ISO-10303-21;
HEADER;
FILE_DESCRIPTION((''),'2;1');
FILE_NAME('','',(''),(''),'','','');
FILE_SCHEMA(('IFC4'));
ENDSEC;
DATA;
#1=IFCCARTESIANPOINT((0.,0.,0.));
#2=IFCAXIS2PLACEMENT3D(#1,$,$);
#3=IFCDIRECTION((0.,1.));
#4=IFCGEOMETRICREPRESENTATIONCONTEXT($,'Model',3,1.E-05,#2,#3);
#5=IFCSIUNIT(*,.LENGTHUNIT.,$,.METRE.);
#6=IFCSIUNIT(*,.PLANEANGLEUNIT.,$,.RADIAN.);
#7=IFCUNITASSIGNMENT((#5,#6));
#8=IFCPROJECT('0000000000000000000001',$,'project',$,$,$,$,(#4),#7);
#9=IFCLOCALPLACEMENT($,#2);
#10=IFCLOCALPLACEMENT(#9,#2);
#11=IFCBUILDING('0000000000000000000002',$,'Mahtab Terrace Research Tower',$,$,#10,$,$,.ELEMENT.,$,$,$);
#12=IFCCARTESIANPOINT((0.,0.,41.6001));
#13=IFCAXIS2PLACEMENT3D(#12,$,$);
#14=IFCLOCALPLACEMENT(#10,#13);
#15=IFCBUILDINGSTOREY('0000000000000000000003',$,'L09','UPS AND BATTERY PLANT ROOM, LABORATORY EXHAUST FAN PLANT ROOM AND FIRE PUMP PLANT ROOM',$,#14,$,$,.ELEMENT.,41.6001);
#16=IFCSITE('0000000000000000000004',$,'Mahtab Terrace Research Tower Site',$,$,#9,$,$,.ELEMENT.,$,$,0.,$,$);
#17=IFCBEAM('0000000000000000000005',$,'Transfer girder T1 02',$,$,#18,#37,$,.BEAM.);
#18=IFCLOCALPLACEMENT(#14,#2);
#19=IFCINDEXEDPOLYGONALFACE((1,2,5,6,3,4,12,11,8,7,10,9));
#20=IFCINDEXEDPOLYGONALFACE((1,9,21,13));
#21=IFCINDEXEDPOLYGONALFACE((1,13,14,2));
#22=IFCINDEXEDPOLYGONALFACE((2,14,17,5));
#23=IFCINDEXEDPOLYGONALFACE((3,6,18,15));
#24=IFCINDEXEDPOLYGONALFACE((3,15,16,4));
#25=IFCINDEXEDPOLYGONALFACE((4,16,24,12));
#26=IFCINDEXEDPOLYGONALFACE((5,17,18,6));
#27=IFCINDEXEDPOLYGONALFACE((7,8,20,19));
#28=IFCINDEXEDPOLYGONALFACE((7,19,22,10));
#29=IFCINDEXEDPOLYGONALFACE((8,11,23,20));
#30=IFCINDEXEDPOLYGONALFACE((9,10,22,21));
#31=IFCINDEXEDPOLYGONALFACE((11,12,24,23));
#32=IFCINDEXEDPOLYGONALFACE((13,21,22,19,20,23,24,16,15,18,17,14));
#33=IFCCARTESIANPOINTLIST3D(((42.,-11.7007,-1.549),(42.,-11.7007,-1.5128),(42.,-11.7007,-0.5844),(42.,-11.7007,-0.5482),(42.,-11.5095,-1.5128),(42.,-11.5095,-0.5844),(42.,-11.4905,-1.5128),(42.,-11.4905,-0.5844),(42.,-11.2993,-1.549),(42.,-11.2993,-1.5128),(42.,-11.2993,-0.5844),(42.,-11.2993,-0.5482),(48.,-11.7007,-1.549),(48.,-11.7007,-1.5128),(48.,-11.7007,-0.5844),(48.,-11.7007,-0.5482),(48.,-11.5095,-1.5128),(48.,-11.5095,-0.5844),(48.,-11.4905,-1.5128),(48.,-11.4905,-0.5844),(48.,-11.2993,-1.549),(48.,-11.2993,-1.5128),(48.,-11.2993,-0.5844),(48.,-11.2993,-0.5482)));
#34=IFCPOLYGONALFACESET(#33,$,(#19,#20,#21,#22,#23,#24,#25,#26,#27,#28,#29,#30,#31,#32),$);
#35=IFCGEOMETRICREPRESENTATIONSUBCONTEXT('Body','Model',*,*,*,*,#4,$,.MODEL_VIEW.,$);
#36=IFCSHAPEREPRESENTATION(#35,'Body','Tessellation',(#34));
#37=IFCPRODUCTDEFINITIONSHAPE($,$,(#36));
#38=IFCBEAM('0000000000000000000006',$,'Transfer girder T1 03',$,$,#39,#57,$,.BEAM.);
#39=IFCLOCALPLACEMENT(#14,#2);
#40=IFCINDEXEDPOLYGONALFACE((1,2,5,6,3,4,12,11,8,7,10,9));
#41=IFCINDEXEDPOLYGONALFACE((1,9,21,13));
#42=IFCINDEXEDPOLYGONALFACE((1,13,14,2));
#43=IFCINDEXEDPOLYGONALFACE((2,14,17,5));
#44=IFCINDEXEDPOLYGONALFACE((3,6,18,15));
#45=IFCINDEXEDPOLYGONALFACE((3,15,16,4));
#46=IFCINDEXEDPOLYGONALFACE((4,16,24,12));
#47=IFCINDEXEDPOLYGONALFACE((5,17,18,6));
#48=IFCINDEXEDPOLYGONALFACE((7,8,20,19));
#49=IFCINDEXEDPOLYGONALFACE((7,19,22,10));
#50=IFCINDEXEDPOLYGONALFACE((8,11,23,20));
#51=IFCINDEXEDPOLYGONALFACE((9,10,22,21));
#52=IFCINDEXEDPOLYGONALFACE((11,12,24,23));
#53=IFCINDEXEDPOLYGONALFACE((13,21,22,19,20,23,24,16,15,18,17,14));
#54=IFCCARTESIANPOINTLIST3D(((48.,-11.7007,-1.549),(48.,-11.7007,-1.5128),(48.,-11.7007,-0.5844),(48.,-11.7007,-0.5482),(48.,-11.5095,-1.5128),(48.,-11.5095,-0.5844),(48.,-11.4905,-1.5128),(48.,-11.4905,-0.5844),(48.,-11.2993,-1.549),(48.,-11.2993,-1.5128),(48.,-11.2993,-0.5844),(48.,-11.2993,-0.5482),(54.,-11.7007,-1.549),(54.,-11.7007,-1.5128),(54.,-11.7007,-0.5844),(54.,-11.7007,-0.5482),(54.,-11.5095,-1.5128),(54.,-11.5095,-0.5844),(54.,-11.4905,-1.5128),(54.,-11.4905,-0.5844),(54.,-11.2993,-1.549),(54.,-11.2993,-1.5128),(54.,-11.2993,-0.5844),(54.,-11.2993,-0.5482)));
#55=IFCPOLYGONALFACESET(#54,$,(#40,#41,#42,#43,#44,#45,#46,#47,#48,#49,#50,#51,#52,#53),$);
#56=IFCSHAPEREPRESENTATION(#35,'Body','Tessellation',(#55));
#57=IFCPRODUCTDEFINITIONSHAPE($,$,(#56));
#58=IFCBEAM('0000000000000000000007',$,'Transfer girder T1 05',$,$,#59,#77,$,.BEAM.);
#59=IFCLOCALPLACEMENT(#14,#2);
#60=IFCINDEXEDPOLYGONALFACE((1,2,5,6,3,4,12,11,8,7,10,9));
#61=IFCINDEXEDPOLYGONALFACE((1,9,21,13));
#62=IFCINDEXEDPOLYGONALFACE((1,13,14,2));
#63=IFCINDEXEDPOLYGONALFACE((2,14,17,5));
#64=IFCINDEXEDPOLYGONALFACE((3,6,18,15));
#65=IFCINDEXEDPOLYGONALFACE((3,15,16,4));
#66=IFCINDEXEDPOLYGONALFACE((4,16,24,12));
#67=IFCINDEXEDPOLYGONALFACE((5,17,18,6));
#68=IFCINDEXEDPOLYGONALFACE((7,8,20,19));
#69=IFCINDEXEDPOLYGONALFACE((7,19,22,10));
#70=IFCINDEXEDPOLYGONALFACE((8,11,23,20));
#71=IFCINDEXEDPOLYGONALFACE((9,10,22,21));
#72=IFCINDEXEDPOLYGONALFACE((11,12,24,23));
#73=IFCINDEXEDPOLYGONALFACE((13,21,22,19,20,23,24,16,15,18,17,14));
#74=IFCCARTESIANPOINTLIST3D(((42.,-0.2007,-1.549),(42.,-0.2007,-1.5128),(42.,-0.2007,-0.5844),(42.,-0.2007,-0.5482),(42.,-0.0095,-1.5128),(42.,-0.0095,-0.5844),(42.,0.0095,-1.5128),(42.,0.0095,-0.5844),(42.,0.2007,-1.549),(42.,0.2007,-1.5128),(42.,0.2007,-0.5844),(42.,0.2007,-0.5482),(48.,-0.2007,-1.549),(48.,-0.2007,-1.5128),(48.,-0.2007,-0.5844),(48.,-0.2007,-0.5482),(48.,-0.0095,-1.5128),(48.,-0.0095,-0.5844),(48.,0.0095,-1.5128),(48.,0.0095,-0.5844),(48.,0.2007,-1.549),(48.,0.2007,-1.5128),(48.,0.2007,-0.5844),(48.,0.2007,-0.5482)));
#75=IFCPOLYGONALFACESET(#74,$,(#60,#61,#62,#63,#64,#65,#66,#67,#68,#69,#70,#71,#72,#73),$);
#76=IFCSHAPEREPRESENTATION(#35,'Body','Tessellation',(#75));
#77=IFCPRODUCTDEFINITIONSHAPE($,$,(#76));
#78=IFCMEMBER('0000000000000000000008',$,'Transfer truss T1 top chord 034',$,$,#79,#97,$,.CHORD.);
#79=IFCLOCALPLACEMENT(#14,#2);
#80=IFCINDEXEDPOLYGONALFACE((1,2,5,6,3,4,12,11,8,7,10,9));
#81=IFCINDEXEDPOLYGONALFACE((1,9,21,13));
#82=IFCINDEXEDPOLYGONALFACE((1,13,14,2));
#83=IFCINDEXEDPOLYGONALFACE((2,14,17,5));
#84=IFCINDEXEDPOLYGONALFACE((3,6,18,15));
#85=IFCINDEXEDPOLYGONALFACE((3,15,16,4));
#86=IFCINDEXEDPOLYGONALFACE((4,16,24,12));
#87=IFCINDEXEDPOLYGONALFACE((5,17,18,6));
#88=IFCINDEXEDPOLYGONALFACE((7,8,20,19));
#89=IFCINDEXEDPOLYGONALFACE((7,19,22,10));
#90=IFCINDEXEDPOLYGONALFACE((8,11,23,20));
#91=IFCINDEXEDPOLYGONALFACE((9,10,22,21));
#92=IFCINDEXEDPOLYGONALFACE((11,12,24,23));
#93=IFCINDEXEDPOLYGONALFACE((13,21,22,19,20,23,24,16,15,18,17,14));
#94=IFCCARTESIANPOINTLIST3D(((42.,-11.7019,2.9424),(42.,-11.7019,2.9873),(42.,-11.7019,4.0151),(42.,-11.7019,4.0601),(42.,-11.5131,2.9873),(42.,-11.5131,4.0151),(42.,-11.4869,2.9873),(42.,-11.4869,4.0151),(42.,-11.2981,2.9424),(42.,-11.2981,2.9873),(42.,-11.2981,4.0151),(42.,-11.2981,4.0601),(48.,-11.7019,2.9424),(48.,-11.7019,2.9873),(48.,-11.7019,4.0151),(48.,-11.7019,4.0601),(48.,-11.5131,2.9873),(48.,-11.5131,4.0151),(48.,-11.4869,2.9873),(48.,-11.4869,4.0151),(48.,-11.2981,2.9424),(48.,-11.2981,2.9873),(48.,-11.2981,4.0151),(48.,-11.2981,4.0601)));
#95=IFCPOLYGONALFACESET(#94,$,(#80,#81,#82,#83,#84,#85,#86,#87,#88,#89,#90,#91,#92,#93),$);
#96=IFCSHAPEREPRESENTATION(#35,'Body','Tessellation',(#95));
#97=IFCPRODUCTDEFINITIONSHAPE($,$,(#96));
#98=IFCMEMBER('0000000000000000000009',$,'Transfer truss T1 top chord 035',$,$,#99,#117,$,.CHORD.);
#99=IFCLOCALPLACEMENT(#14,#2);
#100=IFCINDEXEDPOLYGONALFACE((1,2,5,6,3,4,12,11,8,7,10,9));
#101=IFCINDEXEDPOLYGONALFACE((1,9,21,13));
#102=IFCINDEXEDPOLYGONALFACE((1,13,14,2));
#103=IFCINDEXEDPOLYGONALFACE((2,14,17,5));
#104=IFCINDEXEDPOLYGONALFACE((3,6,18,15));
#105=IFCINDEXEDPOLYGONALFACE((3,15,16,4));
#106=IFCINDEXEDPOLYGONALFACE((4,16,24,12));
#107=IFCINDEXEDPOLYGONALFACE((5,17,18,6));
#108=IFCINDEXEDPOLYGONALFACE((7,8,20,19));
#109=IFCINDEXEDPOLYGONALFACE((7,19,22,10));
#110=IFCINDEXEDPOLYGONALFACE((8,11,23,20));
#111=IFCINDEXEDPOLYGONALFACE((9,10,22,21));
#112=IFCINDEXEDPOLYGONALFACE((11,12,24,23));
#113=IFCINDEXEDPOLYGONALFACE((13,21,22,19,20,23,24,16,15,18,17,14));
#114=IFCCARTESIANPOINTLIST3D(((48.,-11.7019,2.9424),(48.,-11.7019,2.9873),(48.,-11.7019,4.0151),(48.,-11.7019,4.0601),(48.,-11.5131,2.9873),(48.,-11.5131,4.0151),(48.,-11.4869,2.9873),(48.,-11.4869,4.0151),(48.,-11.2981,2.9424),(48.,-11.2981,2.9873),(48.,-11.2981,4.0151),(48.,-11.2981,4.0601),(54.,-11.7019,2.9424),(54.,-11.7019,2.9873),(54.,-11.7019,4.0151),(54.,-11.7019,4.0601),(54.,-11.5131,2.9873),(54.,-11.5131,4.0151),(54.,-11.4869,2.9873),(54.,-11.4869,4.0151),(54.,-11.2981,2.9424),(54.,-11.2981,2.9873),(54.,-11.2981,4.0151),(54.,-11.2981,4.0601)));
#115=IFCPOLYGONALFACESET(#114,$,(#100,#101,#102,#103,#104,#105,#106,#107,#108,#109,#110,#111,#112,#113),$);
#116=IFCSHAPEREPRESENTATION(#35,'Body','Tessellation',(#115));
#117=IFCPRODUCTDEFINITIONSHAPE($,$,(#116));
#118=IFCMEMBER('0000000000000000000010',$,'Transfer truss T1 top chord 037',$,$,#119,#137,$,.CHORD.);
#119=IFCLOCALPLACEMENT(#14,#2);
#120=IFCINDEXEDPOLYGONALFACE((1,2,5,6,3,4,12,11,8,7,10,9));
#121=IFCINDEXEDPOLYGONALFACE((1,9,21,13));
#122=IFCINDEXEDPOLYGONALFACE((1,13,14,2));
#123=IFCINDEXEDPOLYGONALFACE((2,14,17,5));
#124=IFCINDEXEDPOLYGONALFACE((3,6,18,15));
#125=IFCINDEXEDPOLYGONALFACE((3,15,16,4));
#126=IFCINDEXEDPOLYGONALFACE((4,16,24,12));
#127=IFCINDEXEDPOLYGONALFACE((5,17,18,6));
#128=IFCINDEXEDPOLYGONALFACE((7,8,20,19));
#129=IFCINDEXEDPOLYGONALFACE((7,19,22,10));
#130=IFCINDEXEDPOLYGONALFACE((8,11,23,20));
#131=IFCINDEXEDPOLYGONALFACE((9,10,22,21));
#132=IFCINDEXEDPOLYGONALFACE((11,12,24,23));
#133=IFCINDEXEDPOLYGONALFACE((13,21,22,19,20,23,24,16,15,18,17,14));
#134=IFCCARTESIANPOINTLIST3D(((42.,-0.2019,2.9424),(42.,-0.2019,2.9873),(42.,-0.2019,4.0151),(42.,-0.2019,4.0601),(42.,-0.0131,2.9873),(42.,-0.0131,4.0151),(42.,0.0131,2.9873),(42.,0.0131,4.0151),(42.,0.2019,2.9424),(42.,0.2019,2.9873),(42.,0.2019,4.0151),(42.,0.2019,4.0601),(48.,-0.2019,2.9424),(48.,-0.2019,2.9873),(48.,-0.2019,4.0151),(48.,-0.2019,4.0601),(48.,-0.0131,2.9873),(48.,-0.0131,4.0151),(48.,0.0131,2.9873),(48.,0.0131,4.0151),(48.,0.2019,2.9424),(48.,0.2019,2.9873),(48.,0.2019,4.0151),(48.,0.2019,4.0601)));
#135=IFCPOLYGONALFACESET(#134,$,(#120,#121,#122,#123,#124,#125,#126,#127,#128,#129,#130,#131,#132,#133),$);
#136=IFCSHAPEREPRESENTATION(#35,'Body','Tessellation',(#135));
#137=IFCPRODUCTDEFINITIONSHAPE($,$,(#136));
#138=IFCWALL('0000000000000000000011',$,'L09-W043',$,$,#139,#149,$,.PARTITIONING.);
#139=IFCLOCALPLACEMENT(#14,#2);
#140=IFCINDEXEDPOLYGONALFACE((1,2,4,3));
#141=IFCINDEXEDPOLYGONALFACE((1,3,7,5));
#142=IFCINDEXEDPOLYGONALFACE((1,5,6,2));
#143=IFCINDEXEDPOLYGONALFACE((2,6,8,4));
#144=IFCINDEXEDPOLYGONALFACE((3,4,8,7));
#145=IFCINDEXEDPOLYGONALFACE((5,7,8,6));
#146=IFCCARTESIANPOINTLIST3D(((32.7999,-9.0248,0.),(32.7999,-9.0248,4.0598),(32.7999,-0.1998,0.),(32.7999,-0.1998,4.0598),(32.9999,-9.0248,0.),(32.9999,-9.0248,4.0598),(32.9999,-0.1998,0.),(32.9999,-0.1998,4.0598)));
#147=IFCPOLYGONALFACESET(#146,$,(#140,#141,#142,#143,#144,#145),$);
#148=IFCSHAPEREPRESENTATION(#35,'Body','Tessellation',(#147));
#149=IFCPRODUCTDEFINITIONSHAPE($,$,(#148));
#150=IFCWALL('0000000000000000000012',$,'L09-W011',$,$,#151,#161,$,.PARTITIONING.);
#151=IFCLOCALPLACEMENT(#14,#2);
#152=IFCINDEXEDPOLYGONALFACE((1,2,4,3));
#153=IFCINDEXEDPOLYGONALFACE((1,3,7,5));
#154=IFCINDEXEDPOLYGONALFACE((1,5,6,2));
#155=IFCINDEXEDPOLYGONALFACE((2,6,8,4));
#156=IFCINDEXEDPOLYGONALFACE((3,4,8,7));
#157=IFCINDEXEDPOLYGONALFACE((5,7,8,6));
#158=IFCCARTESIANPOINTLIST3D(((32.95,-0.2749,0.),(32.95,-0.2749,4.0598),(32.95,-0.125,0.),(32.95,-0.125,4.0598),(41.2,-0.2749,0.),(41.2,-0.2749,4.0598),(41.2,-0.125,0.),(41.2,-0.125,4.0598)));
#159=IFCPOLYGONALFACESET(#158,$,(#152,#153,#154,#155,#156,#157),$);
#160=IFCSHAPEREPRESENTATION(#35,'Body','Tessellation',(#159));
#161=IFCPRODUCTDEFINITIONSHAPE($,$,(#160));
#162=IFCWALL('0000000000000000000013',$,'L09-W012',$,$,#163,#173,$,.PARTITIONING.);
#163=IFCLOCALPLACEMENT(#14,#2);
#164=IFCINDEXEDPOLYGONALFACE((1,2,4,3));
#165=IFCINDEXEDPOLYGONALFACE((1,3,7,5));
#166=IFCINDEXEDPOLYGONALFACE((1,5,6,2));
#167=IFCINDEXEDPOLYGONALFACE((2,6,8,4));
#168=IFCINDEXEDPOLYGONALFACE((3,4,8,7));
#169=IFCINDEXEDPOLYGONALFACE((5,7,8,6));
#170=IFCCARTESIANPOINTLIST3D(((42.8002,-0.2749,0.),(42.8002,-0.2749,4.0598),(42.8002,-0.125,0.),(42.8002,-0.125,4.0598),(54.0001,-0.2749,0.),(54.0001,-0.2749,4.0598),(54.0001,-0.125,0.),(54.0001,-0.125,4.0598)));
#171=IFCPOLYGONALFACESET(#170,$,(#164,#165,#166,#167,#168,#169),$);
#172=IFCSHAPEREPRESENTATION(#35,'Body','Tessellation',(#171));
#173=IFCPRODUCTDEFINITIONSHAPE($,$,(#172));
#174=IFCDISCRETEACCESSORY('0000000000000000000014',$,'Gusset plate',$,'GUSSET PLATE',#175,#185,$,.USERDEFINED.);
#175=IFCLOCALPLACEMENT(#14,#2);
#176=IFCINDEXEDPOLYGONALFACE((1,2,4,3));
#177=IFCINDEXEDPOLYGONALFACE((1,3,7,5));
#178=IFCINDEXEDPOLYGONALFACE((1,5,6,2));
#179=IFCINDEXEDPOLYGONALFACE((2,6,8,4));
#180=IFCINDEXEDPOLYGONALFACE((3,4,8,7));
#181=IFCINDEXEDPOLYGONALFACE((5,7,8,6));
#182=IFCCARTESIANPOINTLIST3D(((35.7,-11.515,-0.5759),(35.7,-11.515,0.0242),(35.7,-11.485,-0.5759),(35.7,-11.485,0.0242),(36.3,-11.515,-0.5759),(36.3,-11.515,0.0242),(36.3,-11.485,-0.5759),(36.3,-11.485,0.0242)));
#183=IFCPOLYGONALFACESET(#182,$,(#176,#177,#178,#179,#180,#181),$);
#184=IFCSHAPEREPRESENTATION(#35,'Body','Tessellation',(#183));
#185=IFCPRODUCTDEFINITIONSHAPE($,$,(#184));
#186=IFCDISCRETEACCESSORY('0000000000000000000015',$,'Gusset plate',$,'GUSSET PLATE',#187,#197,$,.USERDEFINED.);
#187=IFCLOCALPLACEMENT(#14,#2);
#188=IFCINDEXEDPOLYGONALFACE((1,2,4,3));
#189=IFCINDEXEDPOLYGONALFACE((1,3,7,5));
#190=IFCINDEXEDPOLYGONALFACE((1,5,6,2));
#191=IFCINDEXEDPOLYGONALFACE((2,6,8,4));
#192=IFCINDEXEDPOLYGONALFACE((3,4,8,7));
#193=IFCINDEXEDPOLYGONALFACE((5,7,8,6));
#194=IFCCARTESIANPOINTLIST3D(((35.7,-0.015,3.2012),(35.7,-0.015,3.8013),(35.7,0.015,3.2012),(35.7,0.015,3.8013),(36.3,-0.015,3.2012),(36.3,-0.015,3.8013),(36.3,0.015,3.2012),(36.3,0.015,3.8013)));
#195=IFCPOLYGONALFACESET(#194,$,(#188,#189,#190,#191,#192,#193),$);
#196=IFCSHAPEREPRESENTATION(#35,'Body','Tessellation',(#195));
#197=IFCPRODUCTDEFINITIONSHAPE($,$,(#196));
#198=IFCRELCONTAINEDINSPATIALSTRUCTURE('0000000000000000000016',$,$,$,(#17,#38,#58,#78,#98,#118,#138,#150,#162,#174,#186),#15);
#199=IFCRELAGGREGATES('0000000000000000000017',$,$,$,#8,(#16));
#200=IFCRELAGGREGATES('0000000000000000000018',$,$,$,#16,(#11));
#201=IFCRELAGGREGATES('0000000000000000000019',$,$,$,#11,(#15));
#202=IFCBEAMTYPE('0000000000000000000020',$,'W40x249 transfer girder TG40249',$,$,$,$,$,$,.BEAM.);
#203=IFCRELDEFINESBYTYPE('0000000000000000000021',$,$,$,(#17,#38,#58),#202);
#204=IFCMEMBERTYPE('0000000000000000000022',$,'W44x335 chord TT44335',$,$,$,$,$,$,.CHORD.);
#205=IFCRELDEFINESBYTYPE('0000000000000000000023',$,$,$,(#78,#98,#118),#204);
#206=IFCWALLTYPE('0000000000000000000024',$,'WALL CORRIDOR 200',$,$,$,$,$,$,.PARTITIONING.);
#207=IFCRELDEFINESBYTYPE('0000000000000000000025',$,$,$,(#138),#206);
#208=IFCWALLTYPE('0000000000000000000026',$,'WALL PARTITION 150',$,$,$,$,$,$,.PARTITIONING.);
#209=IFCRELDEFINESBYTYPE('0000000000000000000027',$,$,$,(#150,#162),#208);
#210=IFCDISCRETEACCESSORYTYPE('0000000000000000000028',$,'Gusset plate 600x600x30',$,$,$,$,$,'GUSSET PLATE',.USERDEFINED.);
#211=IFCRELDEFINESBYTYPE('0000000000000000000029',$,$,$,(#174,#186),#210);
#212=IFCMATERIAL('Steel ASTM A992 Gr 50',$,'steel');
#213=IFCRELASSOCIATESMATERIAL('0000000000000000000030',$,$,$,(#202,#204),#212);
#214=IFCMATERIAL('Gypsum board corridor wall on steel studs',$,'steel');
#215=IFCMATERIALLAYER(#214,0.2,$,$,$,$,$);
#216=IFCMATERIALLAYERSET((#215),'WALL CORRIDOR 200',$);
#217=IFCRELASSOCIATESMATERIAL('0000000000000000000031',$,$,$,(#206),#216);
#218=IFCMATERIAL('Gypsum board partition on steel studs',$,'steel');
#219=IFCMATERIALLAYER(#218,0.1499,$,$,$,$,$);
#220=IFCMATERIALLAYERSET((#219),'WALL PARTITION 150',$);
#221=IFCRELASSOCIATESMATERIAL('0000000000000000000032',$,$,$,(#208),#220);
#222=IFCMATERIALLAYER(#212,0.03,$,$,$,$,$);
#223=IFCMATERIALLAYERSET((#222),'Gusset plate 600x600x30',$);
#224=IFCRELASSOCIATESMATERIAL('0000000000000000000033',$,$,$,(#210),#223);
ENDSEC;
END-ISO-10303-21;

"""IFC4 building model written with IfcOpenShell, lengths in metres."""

from ifc_helpers import new_model, si_unit, direction, frame, frame_2d, origin, origin_2d, place, context, subcontext, project, spatial, rectangle, i_section, extrude, material, layer, layer_set, material_profile, profile_set, type_object, element, save


model = new_model("IFC4")

# Units and contexts
model_context = context("Model", 3, precision=1e-05, world=origin(), true_north=direction((0.0, 1.0)))
body_context = subcontext(model_context, "Body", "Model", "MODEL_VIEW")
ifc_project = project(units=[si_unit("LENGTHUNIT", "METRE"), si_unit("PLANEANGLEUNIT", "RADIAN")], contexts=[model_context])

# Site, building, storey
site_placement = place(None, origin())
site = spatial("IfcSite", under=ifc_project, at=site_placement, Name="Mahtab Terrace Research Tower Site", CompositionType="ELEMENT", RefElevation=0.0)
building_placement = place(site_placement, origin())
building = spatial("IfcBuilding", under=site, at=building_placement, Name="Mahtab Terrace Research Tower", CompositionType="ELEMENT")
storey_placement = place(building_placement, frame((0.0, 0.0, 41.6001)))
storey = spatial("IfcBuildingStorey", under=building, at=storey_placement, Name="L09", Description="UPS AND BATTERY PLANT ROOM, LABORATORY EXHAUST FAN PLANT ROOM AND FIRE PUMP PLANT ROOM", CompositionType="ELEMENT", Elevation=41.6001)

# Shared definitions
ifc_material_1 = material(Name="Steel ASTM A992 Gr 50", Category="steel")

# Beams
ifc_material_profile_1 = material_profile(ifc_material_1, i_section(OverallWidth=0.4014, OverallDepth=1.0007, WebThickness=0.019, FlangeThickness=0.0361, at=origin_2d()), Name="W40X249")
ifc_profile_set_1 = profile_set([ifc_material_profile_1], Name="Steel ASTM A992 Gr 50")
beam_type = type_object("IfcBeamType", Name="W40x249 transfer girder TG40249", PredefinedType="BEAM", material=ifc_profile_set_1)
for number, where, z_axis, x_axis, name in (
    (1, (42.0, -11.5, -1.0486), (1.0, 0.0, 0.0), (0.0, 1.0, 0.0), "Transfer girder T1 02"),
    (2, (48.0, -11.5, -1.0486), (1.0, 0.0, 0.0), (0.0, 1.0, 0.0), "Transfer girder T1 03"),
    (3, (42.0, 0.0, -1.0486), (1.0, 0.0, 0.0), (0.0, 1.0, 0.0), "Transfer girder T1 05"),
):
    element("IfcBeam", number, at=place(storey_placement, frame(where, z_axis=z_axis, x_axis=x_axis)), inside=storey, type_object=beam_type, Name=name, PredefinedType="BEAM", context=body_context, shape_type="SweptSolid", body=[
        extrude(i_section(OverallWidth=0.4014, OverallDepth=1.0007, WebThickness=0.019, FlangeThickness=0.0361, at=origin_2d()), origin(), (0.0, 0.0, 1.0), 6.0),
    ])

# Members
ifc_material_profile_2 = material_profile(ifc_material_1, i_section(OverallWidth=0.4038, OverallDepth=1.1177, WebThickness=0.0261, FlangeThickness=0.0449, at=origin_2d()), Name="W44X335")
ifc_profile_set_2 = profile_set([ifc_material_profile_2], Name="Steel ASTM A992 Gr 50")
member_type_1 = type_object("IfcMemberType", Name="W44x335 chord TT44335", PredefinedType="CHORD", material=ifc_profile_set_2)
for number, where, z_axis, x_axis, name in (
    (4, (42.0, -11.5, 3.5012), (1.0, 0.0, 0.0), (0.0, 1.0, 0.0), "Transfer truss T1 top chord 034"),
    (5, (48.0, -11.5, 3.5012), (1.0, 0.0, 0.0), (0.0, 1.0, 0.0), "Transfer truss T1 top chord 035"),
    (6, (42.0, 0.0, 3.5012), (1.0, 0.0, 0.0), (0.0, 1.0, 0.0), "Transfer truss T1 top chord 037"),
):
    element("IfcMember", number, at=place(storey_placement, frame(where, z_axis=z_axis, x_axis=x_axis)), inside=storey, type_object=member_type_1, Name=name, PredefinedType="CHORD", context=body_context, shape_type="SweptSolid", body=[
        extrude(i_section(OverallWidth=0.4038, OverallDepth=1.1177, WebThickness=0.0261, FlangeThickness=0.0449, at=origin_2d()), origin(), (0.0, 0.0, 1.0), 6.0),
    ])

# Walls
ifc_material_2 = material(Name="Gypsum board corridor wall on steel studs", Category="steel")
ifc_layer_1 = layer(ifc_material_2, 0.2)
ifc_layer_set_1 = layer_set([ifc_layer_1], Name="WALL CORRIDOR 200")
wall_type_1 = type_object("IfcWallType", Name="WALL CORRIDOR 200", PredefinedType="PARTITIONING", material=ifc_layer_set_1)
wall_1_placement = place(storey_placement, frame((32.8999, -9.0249, 0.0), z_axis=(0.0, 0.0, 1.0), x_axis=(0.0, 1.0, 0.0)))
element("IfcWall", 7, at=wall_1_placement, inside=storey, type_object=wall_type_1, Name="L09-W043", PredefinedType="PARTITIONING", context=body_context, shape_type="SweptSolid", body=[
    extrude(rectangle(XDim=8.825, YDim=0.2, at=frame_2d((4.4126, 0.0))), origin(), (0.0, 0.0, 1.0), 4.0598),
])
ifc_material_3 = material(Name="Gypsum board partition on steel studs", Category="steel")
ifc_layer_2 = layer(ifc_material_3, 0.1499)
ifc_layer_set_2 = layer_set([ifc_layer_2], Name="WALL PARTITION 150")
wall_type_2 = type_object("IfcWallType", Name="WALL PARTITION 150", PredefinedType="PARTITIONING", material=ifc_layer_set_2)
wall_2_placement = place(storey_placement, frame((32.95, -0.2, 0.0), z_axis=(0.0, 0.0, 1.0), x_axis=(1.0, 0.0, 0.0)))
element("IfcWall", 8, at=wall_2_placement, inside=storey, type_object=wall_type_2, Name="L09-W011", PredefinedType="PARTITIONING", context=body_context, shape_type="SweptSolid", body=[
    extrude(rectangle(XDim=8.25, YDim=0.1499, at=frame_2d((4.125, 0.0))), origin(), (0.0, 0.0, 1.0), 4.0598),
])
wall_3_placement = place(storey_placement, frame((42.8, -0.2, 0.0), z_axis=(0.0, 0.0, 1.0), x_axis=(1.0, 0.0, 0.0)))
element("IfcWall", 9, at=wall_3_placement, inside=storey, type_object=wall_type_2, Name="L09-W012", PredefinedType="PARTITIONING", context=body_context, shape_type="SweptSolid", body=[
    extrude(rectangle(XDim=11.2, YDim=0.1499, at=frame_2d((5.6001, 0.0))), origin(), (0.0, 0.0, 1.0), 4.0598),
])

# Discrete accessories
ifc_layer_3 = layer(ifc_material_1, 0.03)
ifc_layer_set_3 = layer_set([ifc_layer_3], Name="Gusset plate 600x600x30")
discrete_accessory_type = type_object("IfcDiscreteAccessoryType", Name="Gusset plate 600x600x30", ElementType="GUSSET PLATE", PredefinedType="USERDEFINED", material=ifc_layer_set_3)
for number, where, z_axis, x_axis, name in (
    (10, (36.0, -11.5, -0.5759), (0.0, 0.0, 1.0), (1.0, 0.0, 0.0), "Gusset plate"),
    (11, (36.0, 0.0, 3.2012), (0.0, 0.0, 1.0), (1.0, 0.0, 0.0), "Gusset plate"),
):
    element("IfcDiscreteAccessory", number, at=place(storey_placement, frame(where, z_axis=z_axis, x_axis=x_axis)), inside=storey, type_object=discrete_accessory_type, Name=name, ObjectType="GUSSET PLATE", PredefinedType="USERDEFINED", context=body_context, shape_type="SweptSolid", body=[
        extrude(rectangle(XDim=0.6001, YDim=0.03, at=origin_2d()), origin(), (0.0, 0.0, 1.0), 0.6001),
    ])

save(model, "model.ifc")
